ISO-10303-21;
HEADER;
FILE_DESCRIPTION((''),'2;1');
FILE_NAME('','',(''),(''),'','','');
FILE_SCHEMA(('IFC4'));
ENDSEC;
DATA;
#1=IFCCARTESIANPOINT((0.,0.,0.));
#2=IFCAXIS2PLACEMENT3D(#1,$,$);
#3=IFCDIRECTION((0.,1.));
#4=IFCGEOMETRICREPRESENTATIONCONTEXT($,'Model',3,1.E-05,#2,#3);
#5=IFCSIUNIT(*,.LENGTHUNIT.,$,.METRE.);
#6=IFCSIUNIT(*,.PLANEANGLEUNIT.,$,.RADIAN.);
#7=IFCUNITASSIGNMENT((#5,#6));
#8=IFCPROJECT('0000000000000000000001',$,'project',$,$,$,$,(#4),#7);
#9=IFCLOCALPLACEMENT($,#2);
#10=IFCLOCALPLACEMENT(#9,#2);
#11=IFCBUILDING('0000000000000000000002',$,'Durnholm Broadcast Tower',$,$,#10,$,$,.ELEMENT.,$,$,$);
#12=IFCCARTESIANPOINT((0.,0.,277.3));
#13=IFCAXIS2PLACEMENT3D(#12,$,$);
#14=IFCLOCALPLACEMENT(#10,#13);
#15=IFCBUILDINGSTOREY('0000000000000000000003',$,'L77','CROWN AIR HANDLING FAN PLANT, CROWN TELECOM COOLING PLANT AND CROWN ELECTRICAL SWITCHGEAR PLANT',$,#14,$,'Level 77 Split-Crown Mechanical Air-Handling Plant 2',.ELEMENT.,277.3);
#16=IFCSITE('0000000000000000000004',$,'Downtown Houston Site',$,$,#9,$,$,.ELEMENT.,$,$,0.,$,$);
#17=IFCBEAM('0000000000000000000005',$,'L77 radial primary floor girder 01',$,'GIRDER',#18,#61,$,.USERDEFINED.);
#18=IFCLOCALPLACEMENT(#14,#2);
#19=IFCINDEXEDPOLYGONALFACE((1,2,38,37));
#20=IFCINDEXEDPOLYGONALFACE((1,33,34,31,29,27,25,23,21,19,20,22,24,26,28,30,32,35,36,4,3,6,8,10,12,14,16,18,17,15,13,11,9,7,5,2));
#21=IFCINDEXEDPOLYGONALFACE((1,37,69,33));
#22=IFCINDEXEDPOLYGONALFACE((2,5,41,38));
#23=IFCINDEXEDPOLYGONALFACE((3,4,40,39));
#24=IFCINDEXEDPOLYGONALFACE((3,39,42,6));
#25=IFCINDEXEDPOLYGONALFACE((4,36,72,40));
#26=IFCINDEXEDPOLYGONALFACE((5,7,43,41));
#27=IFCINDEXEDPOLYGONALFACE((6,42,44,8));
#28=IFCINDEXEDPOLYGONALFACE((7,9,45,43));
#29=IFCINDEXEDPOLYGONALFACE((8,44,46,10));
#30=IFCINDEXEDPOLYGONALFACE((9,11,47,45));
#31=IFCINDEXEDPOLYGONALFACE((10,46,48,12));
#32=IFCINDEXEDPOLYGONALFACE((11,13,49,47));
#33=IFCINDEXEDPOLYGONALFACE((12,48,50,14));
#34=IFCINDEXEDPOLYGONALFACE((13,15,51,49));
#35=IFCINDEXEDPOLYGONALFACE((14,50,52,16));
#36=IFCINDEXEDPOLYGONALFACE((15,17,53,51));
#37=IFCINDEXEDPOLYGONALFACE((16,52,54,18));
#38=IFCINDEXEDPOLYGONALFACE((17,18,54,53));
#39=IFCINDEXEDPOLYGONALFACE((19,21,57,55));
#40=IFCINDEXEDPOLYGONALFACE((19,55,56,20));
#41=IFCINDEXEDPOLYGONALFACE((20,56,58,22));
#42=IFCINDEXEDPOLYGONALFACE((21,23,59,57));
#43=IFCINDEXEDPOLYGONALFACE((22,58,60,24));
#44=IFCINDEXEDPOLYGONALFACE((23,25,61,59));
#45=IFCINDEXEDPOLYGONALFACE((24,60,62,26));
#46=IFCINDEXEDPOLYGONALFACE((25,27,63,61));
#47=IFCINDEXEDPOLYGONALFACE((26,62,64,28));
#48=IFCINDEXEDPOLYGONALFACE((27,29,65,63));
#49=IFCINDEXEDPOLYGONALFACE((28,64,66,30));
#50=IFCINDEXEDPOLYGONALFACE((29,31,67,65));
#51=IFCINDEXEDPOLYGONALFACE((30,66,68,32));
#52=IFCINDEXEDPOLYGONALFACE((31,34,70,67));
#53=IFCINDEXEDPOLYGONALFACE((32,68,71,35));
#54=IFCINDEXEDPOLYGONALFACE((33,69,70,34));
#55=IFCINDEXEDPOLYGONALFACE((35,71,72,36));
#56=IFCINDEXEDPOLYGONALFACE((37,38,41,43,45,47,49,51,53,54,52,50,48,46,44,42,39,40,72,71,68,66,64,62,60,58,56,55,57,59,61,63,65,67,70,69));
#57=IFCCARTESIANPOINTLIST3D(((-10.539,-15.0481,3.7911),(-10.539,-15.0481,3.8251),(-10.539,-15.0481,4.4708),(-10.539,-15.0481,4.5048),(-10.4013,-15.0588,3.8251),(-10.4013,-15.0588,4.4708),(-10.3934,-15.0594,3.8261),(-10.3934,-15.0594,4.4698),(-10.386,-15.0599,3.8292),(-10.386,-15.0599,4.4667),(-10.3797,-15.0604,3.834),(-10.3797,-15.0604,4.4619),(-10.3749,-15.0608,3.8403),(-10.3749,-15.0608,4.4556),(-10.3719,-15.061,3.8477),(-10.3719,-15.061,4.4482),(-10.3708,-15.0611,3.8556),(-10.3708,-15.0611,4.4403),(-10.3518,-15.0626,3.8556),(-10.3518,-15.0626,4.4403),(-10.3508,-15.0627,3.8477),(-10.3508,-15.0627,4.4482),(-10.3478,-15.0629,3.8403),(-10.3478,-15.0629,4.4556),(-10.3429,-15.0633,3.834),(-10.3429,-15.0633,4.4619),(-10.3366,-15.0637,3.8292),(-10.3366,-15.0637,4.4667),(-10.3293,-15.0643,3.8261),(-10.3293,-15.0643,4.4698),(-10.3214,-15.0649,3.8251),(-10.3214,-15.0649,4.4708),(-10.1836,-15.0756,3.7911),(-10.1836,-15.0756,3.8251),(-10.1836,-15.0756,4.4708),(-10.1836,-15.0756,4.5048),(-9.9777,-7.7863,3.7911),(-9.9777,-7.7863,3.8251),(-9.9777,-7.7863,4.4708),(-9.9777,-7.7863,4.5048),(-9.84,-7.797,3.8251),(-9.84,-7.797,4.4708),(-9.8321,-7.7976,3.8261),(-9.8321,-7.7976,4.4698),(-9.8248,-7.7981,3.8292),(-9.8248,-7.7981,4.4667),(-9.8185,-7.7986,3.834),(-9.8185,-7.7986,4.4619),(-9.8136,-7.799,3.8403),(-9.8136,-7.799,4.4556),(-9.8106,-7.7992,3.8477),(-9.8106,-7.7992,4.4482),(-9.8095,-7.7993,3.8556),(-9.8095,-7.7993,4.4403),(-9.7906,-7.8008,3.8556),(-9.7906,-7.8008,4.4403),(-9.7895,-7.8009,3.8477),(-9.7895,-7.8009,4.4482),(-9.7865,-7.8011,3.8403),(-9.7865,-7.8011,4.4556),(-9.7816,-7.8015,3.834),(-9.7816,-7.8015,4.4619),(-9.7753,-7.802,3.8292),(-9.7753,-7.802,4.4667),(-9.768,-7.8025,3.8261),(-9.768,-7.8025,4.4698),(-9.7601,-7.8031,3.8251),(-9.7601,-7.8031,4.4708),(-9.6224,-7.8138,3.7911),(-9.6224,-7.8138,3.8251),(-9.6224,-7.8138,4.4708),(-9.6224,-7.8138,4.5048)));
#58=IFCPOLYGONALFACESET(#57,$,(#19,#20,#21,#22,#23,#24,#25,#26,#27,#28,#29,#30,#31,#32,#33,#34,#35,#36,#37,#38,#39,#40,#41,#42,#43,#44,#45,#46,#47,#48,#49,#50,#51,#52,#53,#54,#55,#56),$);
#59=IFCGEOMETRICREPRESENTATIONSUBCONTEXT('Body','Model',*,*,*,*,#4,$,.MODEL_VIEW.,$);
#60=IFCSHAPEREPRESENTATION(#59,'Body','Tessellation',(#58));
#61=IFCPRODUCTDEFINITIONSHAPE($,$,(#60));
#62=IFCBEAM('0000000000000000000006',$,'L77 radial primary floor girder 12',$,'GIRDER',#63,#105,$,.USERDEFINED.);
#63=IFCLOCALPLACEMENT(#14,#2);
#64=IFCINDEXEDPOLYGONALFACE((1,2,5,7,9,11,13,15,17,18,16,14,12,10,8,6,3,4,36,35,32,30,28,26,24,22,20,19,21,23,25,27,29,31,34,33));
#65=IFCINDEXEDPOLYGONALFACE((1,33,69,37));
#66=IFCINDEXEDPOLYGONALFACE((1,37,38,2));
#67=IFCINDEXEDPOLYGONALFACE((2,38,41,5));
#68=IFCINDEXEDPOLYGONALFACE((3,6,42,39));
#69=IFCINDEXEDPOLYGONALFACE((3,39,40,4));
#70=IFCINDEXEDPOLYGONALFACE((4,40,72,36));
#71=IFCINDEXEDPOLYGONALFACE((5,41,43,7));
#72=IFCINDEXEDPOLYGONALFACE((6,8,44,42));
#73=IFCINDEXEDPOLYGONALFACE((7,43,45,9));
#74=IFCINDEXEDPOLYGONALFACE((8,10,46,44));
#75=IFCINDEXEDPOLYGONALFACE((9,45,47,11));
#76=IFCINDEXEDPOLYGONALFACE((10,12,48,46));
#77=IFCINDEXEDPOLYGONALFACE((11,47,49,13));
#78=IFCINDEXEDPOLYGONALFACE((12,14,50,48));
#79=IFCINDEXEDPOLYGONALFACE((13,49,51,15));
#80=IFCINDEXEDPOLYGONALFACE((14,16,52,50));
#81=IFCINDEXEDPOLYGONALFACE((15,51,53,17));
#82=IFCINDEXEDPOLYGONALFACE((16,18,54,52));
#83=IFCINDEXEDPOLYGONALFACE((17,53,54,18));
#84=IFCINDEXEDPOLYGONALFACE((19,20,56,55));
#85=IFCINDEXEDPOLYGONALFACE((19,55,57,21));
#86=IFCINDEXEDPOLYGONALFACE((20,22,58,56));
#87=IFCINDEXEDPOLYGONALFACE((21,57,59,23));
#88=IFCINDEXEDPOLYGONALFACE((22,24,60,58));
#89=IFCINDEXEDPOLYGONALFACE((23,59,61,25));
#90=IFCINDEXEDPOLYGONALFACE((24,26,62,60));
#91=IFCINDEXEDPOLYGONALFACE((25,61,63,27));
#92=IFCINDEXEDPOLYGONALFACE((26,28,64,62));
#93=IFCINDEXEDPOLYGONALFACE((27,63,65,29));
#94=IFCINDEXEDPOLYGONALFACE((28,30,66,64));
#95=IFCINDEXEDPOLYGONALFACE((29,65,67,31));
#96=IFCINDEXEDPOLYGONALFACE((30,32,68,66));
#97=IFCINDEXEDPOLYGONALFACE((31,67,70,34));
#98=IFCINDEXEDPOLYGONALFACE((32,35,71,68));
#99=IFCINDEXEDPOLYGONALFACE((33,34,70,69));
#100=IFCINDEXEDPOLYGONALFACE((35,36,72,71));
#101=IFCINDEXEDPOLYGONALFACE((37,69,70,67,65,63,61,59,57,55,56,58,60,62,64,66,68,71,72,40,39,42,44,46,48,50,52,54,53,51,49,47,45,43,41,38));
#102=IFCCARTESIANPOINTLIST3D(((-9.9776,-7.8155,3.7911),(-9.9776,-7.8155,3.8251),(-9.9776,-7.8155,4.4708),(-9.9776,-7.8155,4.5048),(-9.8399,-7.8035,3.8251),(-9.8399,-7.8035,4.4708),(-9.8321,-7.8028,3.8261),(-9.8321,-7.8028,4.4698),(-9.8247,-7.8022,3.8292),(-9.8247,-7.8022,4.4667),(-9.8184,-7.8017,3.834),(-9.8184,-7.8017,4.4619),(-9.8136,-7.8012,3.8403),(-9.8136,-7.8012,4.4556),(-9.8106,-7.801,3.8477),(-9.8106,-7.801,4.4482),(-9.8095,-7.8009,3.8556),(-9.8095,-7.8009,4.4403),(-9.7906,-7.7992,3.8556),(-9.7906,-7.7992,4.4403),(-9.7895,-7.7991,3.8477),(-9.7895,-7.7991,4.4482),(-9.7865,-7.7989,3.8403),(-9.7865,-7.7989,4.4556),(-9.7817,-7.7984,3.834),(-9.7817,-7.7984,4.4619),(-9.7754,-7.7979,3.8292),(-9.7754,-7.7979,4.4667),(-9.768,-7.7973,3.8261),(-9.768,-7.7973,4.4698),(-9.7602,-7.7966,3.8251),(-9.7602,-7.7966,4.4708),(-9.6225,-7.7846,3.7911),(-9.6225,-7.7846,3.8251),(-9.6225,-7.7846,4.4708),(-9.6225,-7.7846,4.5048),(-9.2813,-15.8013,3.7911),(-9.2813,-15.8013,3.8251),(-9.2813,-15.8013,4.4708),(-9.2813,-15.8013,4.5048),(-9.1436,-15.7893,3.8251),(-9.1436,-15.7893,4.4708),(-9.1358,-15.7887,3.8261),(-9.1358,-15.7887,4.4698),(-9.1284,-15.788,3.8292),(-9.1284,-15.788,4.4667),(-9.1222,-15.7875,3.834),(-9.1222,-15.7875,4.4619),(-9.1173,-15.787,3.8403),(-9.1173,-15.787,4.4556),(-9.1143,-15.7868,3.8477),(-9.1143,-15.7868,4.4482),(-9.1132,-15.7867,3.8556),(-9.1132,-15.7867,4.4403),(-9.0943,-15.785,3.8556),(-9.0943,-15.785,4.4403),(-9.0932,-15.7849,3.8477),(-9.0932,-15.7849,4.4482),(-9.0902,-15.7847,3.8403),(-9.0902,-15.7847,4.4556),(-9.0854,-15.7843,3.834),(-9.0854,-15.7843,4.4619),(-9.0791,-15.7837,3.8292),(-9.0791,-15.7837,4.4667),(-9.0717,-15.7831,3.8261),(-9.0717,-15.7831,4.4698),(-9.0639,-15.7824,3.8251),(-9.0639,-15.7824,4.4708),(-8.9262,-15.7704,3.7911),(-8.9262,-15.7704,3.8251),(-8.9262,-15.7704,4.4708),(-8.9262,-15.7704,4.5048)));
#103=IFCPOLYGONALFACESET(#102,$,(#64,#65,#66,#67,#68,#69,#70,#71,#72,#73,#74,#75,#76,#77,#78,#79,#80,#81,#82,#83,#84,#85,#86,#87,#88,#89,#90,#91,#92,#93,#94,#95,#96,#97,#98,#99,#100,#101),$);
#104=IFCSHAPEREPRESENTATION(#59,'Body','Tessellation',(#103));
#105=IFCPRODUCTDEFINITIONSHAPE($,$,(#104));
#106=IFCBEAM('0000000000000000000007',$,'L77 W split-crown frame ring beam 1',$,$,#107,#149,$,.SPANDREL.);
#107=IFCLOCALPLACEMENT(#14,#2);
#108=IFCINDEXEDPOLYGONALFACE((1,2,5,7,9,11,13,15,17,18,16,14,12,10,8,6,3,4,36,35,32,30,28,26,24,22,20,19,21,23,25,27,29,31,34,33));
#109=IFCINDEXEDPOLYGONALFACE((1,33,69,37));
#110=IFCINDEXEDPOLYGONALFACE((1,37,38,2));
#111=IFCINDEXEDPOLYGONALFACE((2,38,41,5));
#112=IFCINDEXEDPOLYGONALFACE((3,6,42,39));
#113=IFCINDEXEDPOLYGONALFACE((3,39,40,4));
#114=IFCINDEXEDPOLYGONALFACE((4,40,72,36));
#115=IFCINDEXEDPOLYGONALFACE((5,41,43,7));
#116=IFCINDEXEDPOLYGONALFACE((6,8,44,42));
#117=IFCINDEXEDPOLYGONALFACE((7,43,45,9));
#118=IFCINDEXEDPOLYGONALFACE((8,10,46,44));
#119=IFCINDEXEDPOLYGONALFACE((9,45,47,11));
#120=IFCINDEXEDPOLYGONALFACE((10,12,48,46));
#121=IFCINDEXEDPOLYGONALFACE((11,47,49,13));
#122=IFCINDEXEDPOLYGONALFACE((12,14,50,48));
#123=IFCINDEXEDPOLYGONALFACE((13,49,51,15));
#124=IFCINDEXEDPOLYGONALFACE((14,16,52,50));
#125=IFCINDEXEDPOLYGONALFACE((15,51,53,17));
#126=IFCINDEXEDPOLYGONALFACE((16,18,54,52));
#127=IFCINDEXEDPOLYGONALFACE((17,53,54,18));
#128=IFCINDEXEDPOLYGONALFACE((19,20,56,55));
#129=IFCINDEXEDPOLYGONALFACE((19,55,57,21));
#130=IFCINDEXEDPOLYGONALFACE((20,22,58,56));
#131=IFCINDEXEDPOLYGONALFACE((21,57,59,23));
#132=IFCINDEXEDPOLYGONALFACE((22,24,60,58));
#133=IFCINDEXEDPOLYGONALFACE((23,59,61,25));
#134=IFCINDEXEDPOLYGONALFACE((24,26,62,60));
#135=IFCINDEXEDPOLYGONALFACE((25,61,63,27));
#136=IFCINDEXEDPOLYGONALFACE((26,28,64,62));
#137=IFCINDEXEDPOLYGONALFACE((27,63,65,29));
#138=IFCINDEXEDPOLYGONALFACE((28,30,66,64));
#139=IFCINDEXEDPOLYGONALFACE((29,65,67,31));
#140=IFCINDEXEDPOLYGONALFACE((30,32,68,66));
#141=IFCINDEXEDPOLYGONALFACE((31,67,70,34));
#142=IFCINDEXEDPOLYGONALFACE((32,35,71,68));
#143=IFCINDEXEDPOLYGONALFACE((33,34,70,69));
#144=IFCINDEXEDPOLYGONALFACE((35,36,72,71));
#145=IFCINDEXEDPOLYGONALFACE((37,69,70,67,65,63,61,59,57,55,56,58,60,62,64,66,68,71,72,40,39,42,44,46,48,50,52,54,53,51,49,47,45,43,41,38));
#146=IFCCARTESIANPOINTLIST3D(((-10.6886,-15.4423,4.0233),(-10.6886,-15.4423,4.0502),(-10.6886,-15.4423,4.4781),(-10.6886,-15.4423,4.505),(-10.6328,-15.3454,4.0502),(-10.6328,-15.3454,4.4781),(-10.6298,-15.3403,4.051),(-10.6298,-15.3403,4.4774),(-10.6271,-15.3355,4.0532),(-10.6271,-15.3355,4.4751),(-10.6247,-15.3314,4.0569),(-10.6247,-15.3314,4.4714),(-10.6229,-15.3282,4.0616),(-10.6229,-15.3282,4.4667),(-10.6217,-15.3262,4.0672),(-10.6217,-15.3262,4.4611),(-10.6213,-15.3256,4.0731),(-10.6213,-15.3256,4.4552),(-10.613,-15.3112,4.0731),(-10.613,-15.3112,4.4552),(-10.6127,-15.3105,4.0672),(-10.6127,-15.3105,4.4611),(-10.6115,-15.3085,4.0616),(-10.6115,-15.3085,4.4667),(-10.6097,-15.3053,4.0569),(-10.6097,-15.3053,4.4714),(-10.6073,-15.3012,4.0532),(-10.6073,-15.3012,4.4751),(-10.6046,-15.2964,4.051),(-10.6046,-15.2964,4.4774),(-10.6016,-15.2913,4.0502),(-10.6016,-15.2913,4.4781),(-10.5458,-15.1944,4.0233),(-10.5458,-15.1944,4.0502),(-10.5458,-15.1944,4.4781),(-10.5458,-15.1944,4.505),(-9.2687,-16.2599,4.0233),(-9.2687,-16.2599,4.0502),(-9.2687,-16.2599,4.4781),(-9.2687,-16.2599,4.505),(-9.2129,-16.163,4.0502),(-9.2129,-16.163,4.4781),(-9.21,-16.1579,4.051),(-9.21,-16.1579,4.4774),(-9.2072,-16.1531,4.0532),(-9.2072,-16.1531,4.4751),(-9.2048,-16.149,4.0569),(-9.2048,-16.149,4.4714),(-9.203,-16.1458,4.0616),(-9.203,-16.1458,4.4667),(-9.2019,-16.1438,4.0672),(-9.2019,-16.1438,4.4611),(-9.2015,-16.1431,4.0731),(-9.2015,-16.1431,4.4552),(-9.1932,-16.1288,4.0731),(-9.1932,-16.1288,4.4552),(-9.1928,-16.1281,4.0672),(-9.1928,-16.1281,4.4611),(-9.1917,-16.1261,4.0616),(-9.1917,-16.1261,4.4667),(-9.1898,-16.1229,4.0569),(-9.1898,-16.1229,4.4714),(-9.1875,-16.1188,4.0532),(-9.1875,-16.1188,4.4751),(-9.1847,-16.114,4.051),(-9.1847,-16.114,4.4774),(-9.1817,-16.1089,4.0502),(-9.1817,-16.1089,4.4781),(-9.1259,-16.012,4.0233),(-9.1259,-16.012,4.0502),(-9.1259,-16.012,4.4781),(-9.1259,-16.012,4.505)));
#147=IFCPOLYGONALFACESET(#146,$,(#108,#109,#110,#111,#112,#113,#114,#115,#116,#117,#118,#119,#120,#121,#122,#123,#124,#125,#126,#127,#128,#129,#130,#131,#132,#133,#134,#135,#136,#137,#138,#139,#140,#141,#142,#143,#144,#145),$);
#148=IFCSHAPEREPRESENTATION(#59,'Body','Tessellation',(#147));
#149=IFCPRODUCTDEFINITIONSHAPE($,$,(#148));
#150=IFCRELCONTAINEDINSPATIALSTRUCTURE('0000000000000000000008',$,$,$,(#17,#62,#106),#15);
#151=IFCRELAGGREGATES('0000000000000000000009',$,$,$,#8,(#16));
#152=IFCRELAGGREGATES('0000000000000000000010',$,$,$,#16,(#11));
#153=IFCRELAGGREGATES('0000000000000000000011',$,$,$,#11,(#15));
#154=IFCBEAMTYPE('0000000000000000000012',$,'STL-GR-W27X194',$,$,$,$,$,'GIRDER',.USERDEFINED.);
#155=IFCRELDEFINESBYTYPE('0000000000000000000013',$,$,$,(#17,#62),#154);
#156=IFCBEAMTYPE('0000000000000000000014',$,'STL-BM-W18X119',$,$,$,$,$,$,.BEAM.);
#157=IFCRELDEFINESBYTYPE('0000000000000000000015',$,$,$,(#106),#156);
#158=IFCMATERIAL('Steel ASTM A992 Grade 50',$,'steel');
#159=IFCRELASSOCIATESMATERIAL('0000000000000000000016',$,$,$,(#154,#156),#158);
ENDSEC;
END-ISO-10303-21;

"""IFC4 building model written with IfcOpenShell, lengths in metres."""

from ifc_helpers import new_model, si_unit, direction, frame, origin, origin_2d, place, context, subcontext, project, spatial, i_section, extrude, source, transform, mapped, material, material_profile, profile_set, type_object, type_shapes, element, save


model = new_model("IFC4")

# Units and contexts
model_context = context("Model", 3, precision=1e-05, world=origin(), true_north=direction((0.0, 1.0)))
body_context = subcontext(model_context, "Body", "Model", "MODEL_VIEW")
ifc_project = project(units=[si_unit("LENGTHUNIT", "METRE"), si_unit("PLANEANGLEUNIT", "RADIAN")], contexts=[model_context])

# Site, building, storey
site_placement = place(None, origin())
site = spatial("IfcSite", under=ifc_project, at=site_placement, Name="Downtown Houston Site", CompositionType="ELEMENT", RefElevation=0.0)
building_placement = place(site_placement, origin())
building = spatial("IfcBuilding", under=site, at=building_placement, Name="Durnholm Broadcast Tower", CompositionType="ELEMENT")
storey_placement = place(building_placement, frame((0.0, 0.0, 277.3)))
storey = spatial("IfcBuildingStorey", under=building, at=storey_placement, Name="L77", Description="CROWN AIR HANDLING FAN PLANT, CROWN TELECOM COOLING PLANT AND CROWN ELECTRICAL SWITCHGEAR PLANT", LongName="Level 77 Split-Crown Mechanical Air-Handling Plant 2", CompositionType="ELEMENT", Elevation=277.3)

# Beams
ifc_material_1 = material(Name="Steel ASTM A992 Grade 50", Category="steel")
ifc_material_profile_1 = material_profile(ifc_material_1, i_section(OverallWidth=0.3564, OverallDepth=0.7136, WebThickness=0.019, FlangeThickness=0.0339, FilletRadius=0.0305, at=origin_2d()), Name="W27X194")
ifc_profile_set_1 = profile_set([ifc_material_profile_1], Name="Steel ASTM A992 Grade 50")
beam_type_1 = type_object("IfcBeamType", Name="STL-GR-W27X194", ElementType="GIRDER", PredefinedType="USERDEFINED", material=ifc_profile_set_1)
shared_shape_1 = source(origin(), body_context, "Body", "SweptSolid", [
    extrude(i_section(OverallWidth=0.3564, OverallDepth=0.7136, WebThickness=0.019, FlangeThickness=0.0339, FilletRadius=0.0305, at=origin_2d()), origin(), (0.0, 0.0, 1.0), 7.2834),
])
beam_1_placement = place(storey_placement, frame((-9.8, -7.8, 4.1479), z_axis=(-0.077063, -0.997026, 0.0), x_axis=(0.997026, -0.077063, 0.0)))
element("IfcBeam", 1, at=beam_1_placement, inside=storey, type_object=beam_type_1, Name="L77 radial primary floor girder 01", ObjectType="GIRDER", PredefinedType="USERDEFINED", context=body_context, shape_type="MappedRepresentation", body=[
    mapped(shared_shape_1, transform((0.0, 0.0, 0.0), x_axis=(1.0, 0.0, 0.0), y_axis=(0.0, 1.0, 0.0), z_axis=(0.0, 0.0, 1.0), scale=1.0)),
])
shared_shape_2 = source(origin(), body_context, "Body", "SweptSolid", [
    extrude(i_section(OverallWidth=0.3564, OverallDepth=0.7136, WebThickness=0.019, FlangeThickness=0.0339, FilletRadius=0.0305, at=origin_2d()), origin(), (0.0, 0.0, 1.0), 8.0161),
])
type_shapes(beam_type_1, [shared_shape_1, shared_shape_2])
beam_2_placement = place(storey_placement, frame((-9.8, -7.8, 4.1479), z_axis=(0.086861, -0.99622, 0.0), x_axis=(0.99622, 0.086861, 0.0)))
element("IfcBeam", 2, at=beam_2_placement, inside=storey, type_object=beam_type_1, Name="L77 radial primary floor girder 12", ObjectType="GIRDER", PredefinedType="USERDEFINED", context=body_context, shape_type="MappedRepresentation", body=[
    mapped(shared_shape_2, transform((0.0, 0.0, 0.0), x_axis=(1.0, 0.0, 0.0), y_axis=(0.0, 1.0, 0.0), z_axis=(0.0, 0.0, 1.0), scale=1.0)),
])
ifc_material_profile_2 = material_profile(ifc_material_1, i_section(OverallWidth=0.2861, OverallDepth=0.4817, WebThickness=0.0166, FlangeThickness=0.0269, FilletRadius=0.0229, at=origin_2d()), Name="W18X119")
ifc_profile_set_2 = profile_set([ifc_material_profile_2], Name="Steel ASTM A992 Grade 50")
beam_type_2 = type_object("IfcBeamType", Name="STL-BM-W18X119", PredefinedType="BEAM", material=ifc_profile_set_2)
shared_shape_3 = source(origin(), body_context, "Body", "SweptSolid", [
    extrude(i_section(OverallWidth=0.2861, OverallDepth=0.4817, WebThickness=0.0166, FlangeThickness=0.0269, FilletRadius=0.0229, at=origin_2d()), origin(), (0.0, 0.0, 1.0), 1.6384),
])
beam_3_placement = place(storey_placement, frame((-10.6172, -15.3184, 4.2642), z_axis=(0.866597, -0.499009, 0.0), x_axis=(0.499009, 0.866597, 0.0)))
element("IfcBeam", 3, at=beam_3_placement, inside=storey, type_object=beam_type_2, Name="L77 W split-crown frame ring beam 1", PredefinedType="SPANDREL", context=body_context, shape_type="MappedRepresentation", body=[
    mapped(shared_shape_3, transform((0.0, 0.0, 0.0), x_axis=(1.0, 0.0, 0.0), y_axis=(0.0, 1.0, 0.0), z_axis=(0.0, 0.0, 1.0), scale=1.0)),
])

save(model, "model.ifc")
